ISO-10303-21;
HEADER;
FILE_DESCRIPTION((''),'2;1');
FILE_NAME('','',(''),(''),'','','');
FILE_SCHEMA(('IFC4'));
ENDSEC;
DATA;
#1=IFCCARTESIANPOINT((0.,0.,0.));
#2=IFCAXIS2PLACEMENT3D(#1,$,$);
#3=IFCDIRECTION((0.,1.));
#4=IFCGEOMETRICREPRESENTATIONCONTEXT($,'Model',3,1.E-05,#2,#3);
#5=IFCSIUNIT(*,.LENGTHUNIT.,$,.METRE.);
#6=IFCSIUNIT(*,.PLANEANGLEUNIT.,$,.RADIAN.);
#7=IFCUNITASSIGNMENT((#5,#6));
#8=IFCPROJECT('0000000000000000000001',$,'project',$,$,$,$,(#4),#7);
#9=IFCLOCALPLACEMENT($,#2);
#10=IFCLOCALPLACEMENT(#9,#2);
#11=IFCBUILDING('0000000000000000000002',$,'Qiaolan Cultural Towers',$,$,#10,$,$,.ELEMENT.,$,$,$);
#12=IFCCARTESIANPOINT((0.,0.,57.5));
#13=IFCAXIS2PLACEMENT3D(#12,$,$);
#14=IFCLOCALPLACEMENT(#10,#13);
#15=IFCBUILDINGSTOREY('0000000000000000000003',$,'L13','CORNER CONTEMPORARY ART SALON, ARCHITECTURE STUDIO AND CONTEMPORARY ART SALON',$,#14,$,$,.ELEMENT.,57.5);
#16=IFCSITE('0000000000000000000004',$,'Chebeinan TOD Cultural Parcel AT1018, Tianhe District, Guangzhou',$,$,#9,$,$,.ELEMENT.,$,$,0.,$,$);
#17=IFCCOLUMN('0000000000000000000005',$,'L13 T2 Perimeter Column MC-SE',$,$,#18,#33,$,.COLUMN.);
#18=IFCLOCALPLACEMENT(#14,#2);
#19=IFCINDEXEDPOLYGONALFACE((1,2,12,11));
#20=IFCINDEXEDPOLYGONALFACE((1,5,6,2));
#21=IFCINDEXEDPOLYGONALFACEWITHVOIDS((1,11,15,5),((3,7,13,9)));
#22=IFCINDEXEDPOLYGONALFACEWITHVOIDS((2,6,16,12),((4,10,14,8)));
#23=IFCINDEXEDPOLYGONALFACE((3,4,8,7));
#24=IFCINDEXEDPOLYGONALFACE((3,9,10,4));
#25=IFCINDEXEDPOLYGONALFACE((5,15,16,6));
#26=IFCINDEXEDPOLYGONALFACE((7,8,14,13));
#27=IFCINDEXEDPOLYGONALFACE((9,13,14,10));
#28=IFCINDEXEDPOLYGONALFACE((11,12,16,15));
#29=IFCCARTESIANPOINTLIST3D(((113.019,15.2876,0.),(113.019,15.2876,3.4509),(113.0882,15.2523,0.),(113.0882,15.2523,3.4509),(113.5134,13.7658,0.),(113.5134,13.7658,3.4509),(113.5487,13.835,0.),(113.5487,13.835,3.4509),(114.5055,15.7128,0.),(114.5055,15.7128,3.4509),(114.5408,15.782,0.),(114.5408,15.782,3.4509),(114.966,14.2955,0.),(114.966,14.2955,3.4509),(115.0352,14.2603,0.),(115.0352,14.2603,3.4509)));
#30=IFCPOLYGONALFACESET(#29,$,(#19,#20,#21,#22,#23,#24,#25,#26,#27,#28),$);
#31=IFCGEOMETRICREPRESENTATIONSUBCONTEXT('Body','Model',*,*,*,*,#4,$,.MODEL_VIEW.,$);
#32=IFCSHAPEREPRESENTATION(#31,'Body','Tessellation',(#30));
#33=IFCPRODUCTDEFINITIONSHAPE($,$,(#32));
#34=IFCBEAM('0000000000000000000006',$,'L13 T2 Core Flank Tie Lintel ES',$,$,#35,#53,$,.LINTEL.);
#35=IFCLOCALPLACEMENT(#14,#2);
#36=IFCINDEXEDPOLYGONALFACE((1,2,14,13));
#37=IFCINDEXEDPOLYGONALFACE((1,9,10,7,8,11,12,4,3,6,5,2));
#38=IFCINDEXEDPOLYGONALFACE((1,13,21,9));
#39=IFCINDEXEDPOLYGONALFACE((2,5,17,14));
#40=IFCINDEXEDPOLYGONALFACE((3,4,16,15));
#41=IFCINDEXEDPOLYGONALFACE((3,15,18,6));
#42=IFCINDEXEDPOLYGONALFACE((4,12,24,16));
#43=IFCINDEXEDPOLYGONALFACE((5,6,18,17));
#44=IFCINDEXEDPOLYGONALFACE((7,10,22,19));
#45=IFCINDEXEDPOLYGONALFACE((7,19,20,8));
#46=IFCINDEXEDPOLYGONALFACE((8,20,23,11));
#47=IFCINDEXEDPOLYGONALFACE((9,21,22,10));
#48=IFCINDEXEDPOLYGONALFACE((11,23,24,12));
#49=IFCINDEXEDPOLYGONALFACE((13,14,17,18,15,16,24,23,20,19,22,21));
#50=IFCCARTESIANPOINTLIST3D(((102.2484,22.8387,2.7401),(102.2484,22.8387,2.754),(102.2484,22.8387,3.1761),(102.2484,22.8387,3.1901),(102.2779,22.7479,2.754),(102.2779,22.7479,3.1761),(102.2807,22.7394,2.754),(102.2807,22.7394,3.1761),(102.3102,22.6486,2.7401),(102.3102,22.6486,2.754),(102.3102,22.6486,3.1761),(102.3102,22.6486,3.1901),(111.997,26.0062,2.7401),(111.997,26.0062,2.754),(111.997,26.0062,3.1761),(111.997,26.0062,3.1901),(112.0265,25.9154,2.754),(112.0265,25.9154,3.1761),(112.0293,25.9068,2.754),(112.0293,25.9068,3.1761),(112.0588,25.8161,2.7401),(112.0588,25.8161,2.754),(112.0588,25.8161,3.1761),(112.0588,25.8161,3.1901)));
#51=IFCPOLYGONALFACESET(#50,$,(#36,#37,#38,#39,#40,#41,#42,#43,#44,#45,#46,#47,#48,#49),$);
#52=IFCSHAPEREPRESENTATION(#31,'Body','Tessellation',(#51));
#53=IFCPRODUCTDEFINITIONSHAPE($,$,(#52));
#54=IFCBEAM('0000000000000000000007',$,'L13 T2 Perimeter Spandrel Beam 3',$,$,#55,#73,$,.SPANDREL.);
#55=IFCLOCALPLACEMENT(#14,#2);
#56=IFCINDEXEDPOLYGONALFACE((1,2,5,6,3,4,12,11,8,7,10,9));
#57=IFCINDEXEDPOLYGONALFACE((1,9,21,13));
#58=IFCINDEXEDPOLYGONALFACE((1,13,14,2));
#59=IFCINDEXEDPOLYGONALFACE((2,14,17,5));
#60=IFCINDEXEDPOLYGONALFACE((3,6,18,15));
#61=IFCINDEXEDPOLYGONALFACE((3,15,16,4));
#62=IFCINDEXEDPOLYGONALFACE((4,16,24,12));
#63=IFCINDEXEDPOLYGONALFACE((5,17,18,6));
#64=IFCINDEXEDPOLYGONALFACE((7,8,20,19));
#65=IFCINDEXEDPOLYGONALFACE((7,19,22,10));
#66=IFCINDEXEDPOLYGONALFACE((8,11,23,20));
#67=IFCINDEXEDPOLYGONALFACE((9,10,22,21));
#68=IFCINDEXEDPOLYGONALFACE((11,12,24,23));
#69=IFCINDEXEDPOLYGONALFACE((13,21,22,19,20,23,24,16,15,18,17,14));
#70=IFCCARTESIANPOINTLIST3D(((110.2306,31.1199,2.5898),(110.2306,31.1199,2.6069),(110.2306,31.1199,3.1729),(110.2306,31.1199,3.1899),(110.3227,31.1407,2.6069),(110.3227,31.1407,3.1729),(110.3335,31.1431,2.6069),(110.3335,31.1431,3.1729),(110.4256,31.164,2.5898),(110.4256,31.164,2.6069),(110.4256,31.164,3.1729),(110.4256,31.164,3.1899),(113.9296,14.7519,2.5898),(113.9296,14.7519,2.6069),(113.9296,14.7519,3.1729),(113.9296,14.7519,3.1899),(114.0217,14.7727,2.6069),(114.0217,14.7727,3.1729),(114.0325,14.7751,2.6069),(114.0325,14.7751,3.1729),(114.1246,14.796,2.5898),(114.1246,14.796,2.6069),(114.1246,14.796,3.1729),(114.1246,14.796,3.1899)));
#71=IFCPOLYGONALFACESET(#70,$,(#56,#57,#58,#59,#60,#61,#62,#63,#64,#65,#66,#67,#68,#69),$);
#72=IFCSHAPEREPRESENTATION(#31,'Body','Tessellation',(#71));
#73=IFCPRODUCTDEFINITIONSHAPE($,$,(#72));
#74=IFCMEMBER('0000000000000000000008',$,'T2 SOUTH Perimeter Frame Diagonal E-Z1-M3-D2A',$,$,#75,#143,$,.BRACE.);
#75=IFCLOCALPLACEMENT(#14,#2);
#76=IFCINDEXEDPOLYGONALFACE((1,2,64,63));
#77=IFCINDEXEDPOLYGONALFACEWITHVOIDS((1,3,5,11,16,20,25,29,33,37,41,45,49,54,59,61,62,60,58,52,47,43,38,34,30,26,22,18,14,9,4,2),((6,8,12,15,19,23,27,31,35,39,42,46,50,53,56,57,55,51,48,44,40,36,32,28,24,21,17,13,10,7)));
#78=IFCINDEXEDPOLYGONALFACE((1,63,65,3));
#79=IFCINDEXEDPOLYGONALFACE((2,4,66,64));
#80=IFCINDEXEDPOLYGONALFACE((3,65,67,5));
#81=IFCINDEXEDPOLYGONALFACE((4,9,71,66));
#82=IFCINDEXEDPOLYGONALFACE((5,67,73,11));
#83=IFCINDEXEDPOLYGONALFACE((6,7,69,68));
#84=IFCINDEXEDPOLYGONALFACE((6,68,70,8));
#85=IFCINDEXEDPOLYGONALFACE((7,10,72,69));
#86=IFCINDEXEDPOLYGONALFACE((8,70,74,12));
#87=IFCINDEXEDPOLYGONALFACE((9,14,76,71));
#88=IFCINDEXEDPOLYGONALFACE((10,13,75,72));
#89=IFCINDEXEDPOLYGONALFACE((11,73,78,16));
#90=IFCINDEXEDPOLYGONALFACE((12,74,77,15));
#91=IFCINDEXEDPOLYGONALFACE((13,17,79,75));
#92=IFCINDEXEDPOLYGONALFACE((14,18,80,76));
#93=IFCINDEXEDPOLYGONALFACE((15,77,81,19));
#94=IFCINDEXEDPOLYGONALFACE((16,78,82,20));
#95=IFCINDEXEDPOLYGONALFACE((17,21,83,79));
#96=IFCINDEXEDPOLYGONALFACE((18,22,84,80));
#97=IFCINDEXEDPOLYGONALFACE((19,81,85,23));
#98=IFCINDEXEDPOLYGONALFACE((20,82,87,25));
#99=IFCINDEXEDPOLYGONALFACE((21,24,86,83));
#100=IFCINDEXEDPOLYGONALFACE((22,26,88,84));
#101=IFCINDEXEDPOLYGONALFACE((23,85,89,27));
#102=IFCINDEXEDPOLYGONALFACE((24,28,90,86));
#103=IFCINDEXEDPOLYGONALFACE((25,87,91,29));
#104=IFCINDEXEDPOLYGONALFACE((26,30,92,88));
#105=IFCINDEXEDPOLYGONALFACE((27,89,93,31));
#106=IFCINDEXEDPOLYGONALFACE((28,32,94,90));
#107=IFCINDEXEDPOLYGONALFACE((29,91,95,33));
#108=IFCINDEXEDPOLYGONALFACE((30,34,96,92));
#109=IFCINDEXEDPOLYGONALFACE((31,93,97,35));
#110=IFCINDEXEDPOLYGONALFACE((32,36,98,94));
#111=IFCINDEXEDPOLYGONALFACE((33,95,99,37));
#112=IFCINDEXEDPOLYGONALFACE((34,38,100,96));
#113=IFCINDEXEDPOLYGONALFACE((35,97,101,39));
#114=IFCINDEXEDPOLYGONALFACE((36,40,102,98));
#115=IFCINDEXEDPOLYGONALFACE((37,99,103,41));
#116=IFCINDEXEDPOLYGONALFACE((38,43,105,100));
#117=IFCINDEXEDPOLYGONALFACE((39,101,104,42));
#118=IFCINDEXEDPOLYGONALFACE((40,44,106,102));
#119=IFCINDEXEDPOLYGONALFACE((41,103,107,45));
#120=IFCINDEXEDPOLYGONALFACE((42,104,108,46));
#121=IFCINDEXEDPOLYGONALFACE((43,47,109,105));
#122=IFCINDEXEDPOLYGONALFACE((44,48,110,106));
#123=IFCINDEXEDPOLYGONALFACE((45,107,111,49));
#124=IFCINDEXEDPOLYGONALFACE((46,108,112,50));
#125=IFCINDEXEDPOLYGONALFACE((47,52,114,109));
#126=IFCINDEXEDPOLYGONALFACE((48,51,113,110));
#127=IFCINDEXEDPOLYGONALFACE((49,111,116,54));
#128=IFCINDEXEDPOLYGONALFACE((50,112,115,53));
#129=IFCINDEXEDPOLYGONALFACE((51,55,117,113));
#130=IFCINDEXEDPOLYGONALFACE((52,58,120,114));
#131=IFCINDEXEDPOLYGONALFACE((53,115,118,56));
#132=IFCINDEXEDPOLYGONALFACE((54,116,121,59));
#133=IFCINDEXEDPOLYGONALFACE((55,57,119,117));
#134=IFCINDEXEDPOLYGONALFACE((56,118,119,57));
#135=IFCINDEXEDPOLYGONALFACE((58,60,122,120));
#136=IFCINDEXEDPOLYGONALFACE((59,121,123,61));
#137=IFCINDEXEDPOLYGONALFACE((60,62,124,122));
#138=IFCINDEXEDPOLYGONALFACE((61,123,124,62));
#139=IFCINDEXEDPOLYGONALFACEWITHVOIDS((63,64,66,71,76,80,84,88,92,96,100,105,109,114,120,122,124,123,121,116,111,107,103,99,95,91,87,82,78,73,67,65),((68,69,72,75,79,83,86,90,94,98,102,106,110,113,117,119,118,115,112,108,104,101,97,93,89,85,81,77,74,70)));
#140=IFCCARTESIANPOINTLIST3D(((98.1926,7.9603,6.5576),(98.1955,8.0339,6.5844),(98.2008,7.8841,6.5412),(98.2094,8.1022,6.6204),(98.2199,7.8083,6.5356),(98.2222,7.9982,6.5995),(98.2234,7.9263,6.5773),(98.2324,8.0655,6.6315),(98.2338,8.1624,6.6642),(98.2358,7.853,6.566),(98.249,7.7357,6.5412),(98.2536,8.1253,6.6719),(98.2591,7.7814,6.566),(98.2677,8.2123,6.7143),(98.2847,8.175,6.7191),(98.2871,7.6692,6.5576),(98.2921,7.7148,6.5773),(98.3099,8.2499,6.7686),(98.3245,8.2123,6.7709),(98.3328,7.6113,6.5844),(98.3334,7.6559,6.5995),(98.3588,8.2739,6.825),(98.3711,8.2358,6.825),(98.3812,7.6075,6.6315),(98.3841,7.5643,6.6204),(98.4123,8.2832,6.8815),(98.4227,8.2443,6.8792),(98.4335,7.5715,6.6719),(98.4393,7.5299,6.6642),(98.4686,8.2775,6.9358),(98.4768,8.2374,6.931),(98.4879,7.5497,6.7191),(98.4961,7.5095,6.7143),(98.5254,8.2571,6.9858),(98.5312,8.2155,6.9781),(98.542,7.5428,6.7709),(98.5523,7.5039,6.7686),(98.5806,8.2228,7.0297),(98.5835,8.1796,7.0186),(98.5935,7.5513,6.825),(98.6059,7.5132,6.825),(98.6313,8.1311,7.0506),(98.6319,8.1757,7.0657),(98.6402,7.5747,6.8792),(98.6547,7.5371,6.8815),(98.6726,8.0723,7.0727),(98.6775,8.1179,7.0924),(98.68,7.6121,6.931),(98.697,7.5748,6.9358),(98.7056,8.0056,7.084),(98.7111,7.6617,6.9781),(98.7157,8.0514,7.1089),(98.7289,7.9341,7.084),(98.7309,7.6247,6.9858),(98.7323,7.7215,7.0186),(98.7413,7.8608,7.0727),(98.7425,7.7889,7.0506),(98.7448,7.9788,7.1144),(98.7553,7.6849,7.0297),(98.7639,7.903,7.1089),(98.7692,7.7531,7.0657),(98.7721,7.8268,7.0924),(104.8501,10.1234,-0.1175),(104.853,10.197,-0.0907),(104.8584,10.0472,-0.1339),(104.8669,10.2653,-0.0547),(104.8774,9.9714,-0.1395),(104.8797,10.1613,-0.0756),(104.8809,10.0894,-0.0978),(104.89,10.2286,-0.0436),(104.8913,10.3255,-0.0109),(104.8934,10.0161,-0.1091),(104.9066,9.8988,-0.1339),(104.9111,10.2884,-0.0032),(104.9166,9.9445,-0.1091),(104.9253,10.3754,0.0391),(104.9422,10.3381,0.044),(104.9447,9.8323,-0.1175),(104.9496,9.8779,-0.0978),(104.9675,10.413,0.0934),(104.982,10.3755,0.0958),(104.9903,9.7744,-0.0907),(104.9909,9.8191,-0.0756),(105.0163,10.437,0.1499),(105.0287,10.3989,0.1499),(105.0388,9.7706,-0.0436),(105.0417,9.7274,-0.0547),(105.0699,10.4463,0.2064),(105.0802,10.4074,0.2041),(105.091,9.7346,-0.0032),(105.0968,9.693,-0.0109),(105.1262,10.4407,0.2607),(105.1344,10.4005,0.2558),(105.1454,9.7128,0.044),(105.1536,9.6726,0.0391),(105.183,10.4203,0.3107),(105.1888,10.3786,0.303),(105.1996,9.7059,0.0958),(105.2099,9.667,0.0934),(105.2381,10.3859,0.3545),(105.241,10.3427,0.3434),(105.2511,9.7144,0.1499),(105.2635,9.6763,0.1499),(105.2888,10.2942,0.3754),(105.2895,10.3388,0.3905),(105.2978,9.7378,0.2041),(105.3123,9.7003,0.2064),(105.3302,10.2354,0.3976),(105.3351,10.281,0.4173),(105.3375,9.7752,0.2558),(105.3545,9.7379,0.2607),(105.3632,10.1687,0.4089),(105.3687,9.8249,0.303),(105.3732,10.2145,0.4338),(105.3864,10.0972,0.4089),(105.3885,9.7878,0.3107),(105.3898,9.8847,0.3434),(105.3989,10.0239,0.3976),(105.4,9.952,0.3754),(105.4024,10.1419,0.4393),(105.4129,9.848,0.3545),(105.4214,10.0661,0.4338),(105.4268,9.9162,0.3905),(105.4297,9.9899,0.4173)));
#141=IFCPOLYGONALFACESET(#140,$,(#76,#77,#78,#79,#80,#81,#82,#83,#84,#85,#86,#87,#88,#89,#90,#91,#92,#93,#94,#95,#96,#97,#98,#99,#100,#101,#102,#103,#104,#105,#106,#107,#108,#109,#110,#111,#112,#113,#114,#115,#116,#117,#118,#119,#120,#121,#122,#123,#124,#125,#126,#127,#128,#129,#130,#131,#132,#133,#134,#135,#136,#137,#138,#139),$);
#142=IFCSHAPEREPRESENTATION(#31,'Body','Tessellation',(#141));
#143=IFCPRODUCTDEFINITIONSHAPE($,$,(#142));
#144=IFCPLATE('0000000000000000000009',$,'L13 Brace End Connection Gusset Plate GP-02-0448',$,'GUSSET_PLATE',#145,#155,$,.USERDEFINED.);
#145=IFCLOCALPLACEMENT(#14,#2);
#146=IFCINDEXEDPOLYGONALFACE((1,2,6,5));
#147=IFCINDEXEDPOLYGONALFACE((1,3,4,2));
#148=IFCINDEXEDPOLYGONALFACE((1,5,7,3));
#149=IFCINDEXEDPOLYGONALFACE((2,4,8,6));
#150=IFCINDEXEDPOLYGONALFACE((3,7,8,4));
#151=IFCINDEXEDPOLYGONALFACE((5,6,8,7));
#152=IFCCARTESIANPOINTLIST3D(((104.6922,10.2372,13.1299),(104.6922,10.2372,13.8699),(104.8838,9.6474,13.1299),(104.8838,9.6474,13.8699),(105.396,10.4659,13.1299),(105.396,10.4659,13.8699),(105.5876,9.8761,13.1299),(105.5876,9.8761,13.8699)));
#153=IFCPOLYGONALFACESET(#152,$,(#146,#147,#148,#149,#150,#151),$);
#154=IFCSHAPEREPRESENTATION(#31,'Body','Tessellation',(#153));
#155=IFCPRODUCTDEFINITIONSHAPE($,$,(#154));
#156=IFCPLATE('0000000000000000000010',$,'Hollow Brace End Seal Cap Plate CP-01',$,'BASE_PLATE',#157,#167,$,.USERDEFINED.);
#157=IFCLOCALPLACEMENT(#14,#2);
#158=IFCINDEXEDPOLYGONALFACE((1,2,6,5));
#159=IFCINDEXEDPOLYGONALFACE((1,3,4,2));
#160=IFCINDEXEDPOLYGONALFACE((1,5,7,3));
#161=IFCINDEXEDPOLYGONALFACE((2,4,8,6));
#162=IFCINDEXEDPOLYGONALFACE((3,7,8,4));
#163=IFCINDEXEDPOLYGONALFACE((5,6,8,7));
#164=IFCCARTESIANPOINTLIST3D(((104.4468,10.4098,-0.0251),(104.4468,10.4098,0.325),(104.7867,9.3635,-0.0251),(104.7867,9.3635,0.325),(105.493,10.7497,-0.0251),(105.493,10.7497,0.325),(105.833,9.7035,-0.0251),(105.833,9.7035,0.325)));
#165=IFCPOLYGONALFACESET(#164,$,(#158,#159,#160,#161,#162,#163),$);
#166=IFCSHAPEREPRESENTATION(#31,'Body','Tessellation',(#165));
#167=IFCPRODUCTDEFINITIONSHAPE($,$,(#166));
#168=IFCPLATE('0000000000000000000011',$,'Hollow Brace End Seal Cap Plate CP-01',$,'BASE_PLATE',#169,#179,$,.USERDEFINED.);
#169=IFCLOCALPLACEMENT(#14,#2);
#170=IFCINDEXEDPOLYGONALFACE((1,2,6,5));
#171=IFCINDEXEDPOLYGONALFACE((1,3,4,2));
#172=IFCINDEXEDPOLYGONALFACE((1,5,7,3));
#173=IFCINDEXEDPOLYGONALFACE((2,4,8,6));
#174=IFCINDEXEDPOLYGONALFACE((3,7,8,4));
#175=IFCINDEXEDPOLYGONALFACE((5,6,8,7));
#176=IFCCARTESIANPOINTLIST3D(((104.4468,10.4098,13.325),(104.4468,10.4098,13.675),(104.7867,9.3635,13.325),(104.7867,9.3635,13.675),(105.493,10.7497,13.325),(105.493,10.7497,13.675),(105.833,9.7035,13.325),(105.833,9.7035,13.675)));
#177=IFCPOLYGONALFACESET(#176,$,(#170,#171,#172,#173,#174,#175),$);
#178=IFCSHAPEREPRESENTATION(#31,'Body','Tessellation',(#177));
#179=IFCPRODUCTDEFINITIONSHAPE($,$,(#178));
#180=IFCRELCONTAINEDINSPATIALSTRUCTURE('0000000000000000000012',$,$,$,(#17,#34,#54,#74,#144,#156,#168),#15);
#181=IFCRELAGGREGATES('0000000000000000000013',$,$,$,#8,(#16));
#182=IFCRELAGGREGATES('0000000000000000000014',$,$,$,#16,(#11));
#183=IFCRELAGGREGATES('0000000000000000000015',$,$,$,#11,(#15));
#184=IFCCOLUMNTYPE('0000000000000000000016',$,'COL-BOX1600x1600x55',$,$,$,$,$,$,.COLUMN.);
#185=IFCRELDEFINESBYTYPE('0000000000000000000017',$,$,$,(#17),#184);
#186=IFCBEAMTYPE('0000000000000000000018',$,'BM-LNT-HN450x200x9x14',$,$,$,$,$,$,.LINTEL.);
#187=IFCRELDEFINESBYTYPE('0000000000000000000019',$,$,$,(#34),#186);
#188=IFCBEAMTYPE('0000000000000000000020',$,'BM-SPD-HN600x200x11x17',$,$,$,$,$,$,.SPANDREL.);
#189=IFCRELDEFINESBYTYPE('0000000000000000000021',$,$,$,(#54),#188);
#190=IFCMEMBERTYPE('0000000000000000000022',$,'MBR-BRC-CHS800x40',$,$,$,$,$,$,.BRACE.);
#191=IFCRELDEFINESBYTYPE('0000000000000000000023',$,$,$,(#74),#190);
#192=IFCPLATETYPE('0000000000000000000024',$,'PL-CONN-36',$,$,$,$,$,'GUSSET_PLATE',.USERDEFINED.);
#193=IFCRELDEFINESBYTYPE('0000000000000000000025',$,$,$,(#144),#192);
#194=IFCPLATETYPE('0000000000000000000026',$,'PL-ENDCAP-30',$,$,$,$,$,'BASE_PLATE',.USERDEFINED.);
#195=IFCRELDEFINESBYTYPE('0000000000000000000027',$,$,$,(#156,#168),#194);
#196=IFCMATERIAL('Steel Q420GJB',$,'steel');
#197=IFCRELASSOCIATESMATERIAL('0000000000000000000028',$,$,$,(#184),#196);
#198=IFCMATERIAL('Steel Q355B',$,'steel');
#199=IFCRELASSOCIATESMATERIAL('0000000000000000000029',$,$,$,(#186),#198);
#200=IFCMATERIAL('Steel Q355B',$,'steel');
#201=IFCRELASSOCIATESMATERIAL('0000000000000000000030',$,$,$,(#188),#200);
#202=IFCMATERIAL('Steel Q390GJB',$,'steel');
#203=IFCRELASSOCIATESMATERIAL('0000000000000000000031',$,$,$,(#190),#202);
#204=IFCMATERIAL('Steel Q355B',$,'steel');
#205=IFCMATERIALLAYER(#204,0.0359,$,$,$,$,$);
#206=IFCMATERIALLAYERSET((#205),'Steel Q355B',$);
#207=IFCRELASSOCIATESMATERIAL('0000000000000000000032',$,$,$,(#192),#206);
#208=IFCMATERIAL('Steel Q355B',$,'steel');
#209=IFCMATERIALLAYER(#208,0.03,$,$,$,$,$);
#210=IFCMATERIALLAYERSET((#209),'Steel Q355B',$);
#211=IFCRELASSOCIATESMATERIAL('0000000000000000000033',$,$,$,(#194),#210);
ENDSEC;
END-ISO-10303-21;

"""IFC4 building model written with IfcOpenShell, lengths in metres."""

from ifc_helpers import new_model, si_unit, direction, frame, origin, origin_2d, place, context, subcontext, project, spatial, rectangle, hollow_rectangle, hollow_circle, i_section, extrude, material, layer, layer_set, material_profile, profile_set, type_object, element, save


model = new_model("IFC4")

# Units and contexts
model_context = context("Model", 3, precision=1e-05, world=origin(), true_north=direction((0.0, 1.0)))
body_context = subcontext(model_context, "Body", "Model", "MODEL_VIEW")
ifc_project = project(units=[si_unit("LENGTHUNIT", "METRE"), si_unit("PLANEANGLEUNIT", "RADIAN")], contexts=[model_context])

# Site, building, storey
site_placement = place(None, origin())
site = spatial("IfcSite", under=ifc_project, at=site_placement, Name="Chebeinan TOD Cultural Parcel AT1018, Tianhe District, Guangzhou", CompositionType="ELEMENT", RefElevation=0.0)
building_placement = place(site_placement, origin())
building = spatial("IfcBuilding", under=site, at=building_placement, Name="Qiaolan Cultural Towers", CompositionType="ELEMENT")
storey_placement = place(building_placement, frame((0.0, 0.0, 57.5)))
storey = spatial("IfcBuildingStorey", under=building, at=storey_placement, Name="L13", Description="CORNER CONTEMPORARY ART SALON, ARCHITECTURE STUDIO AND CONTEMPORARY ART SALON", CompositionType="ELEMENT", Elevation=57.5)

# Column
ifc_material_1 = material(Name="Steel Q420GJB", Category="steel")
ifc_material_profile_1 = material_profile(ifc_material_1, hollow_rectangle(XDim=1.6001, YDim=1.6001, WallThickness=0.0549, at=origin_2d()), Name="BOX1600x1600x55")
ifc_profile_set_1 = profile_set([ifc_material_profile_1], Name="Steel Q420GJB")
column_type = type_object("IfcColumnType", Name="COL-BOX1600x1600x55", PredefinedType="COLUMN", material=ifc_profile_set_1)
column_placement = place(storey_placement, frame((114.0271, 14.7739, 0.0), z_axis=(0.0, 0.0, 1.0), x_axis=(0.951057, 0.309017, 0.0)))
element("IfcColumn", 1, at=column_placement, inside=storey, type_object=column_type, Name="L13 T2 Perimeter Column MC-SE", PredefinedType="COLUMN", context=body_context, shape_type="SweptSolid", body=[
    extrude(hollow_rectangle(XDim=1.6001, YDim=1.6001, WallThickness=0.0549, at=origin_2d()), origin(), (0.0, 0.0, 1.0), 3.4509),
])

# Beams
ifc_material_2 = material(Name="Steel Q355B", Category="steel")
ifc_material_profile_2 = material_profile(ifc_material_2, i_section(OverallWidth=0.2, OverallDepth=0.45, WebThickness=0.009, FlangeThickness=0.0139, at=origin_2d()), Name="HN450x200x9x14")
ifc_profile_set_2 = profile_set([ifc_material_profile_2], Name="Steel Q355B")
beam_type_1 = type_object("IfcBeamType", Name="BM-LNT-HN450x200x9x14", PredefinedType="LINTEL", material=ifc_profile_set_2)
beam_1_placement = place(storey_placement, frame((102.2793, 22.7437, 2.9651), z_axis=(0.951057, 0.309016, 0.0), x_axis=(-0.309016, 0.951057, 0.0)))
element("IfcBeam", 2, at=beam_1_placement, inside=storey, type_object=beam_type_1, Name="L13 T2 Core Flank Tie Lintel ES", PredefinedType="LINTEL", context=body_context, shape_type="SweptSolid", body=[
    extrude(i_section(OverallWidth=0.2, OverallDepth=0.45, WebThickness=0.009, FlangeThickness=0.0139, at=origin_2d()), origin(), (0.0, 0.0, 1.0), 10.2502),
])
ifc_material_3 = material(Name="Steel Q355B", Category="steel")
ifc_material_profile_3 = material_profile(ifc_material_3, i_section(OverallWidth=0.2, OverallDepth=0.6001, WebThickness=0.011, FlangeThickness=0.0171, at=origin_2d()), Name="HN600x200x11x17")
ifc_profile_set_3 = profile_set([ifc_material_profile_3], Name="Steel Q355B")
beam_type_2 = type_object("IfcBeamType", Name="BM-SPD-HN600x200x11x17", PredefinedType="SPANDREL", material=ifc_profile_set_3)
beam_2_placement = place(storey_placement, frame((114.0271, 14.7739, 2.8899), z_axis=(-0.220431, 0.975403, 0.0), x_axis=(-0.975403, -0.220431, 0.0)))
element("IfcBeam", 3, at=beam_2_placement, inside=storey, type_object=beam_type_2, Name="L13 T2 Perimeter Spandrel Beam 3", PredefinedType="SPANDREL", context=body_context, shape_type="SweptSolid", body=[
    extrude(i_section(OverallWidth=0.2, OverallDepth=0.6001, WebThickness=0.011, FlangeThickness=0.0171, at=origin_2d()), origin(), (0.0, 0.0, 1.0), 16.7808),
])

# Member
ifc_material_4 = material(Name="Steel Q390GJB", Category="steel")
ifc_material_profile_4 = material_profile(ifc_material_4, hollow_circle(Radius=0.3999, WallThickness=0.04, at=origin_2d()), Name="CHS800x40")
ifc_profile_set_4 = profile_set([ifc_material_profile_4], Name="Steel Q390GJB")
member_type = type_object("IfcMemberType", Name="MBR-BRC-CHS800x40", PredefinedType="BRACE", material=ifc_profile_set_4)
member_placement = place(storey_placement, frame((105.1399, 10.0566, 0.1499), z_axis=(-0.688289, -0.223633, 0.690106), x_axis=(0.30901, -0.951059, 0.0)))
element("IfcMember", 4, at=member_placement, inside=storey, type_object=member_type, Name="T2 SOUTH Perimeter Frame Diagonal E-Z1-M3-D2A", PredefinedType="BRACE", context=body_context, shape_type="SweptSolid", body=[
    extrude(hollow_circle(Radius=0.3999, WallThickness=0.04, at=origin_2d()), origin(), (0.0, 0.0, 1.0), 9.6726),
])

# Plates
ifc_material_5 = material(Name="Steel Q355B", Category="steel")
ifc_layer_1 = layer(ifc_material_5, 0.0359)
ifc_layer_set_1 = layer_set([ifc_layer_1], Name="Steel Q355B")
plate_type_1 = type_object("IfcPlateType", Name="PL-CONN-36", ElementType="GUSSET_PLATE", PredefinedType="USERDEFINED", material=ifc_layer_set_1)
plate_placement = place(storey_placement, frame((105.1399, 10.0566, 13.1299), z_axis=(0.0, 0.0, 1.0), x_axis=(0.951057, 0.309017, 0.0)))
element("IfcPlate", 5, at=plate_placement, inside=storey, type_object=plate_type_1, Name="L13 Brace End Connection Gusset Plate GP-02-0448", ObjectType="GUSSET_PLATE", PredefinedType="USERDEFINED", context=body_context, shape_type="SweptSolid", body=[
    extrude(rectangle(XDim=0.74, YDim=0.6201, at=origin_2d()), origin(), (0.0, 0.0, 1.0), 0.74),
])
ifc_material_6 = material(Name="Steel Q355B", Category="steel")
ifc_layer_2 = layer(ifc_material_6, 0.03)
ifc_layer_set_2 = layer_set([ifc_layer_2], Name="Steel Q355B")
plate_type_2 = type_object("IfcPlateType", Name="PL-ENDCAP-30", ElementType="BASE_PLATE", PredefinedType="USERDEFINED", material=ifc_layer_set_2)
for number, where, z_axis, x_axis, name in (
    (6, (105.1399, 10.0566, -0.0251), (0.0, 0.0, 1.0), (0.951057, 0.309017, 0.0), "Hollow Brace End Seal Cap Plate CP-01"),
    (7, (105.1399, 10.0566, 13.325), (0.0, 0.0, 1.0), (0.951057, 0.309017, 0.0), "Hollow Brace End Seal Cap Plate CP-01"),
):
    element("IfcPlate", number, at=place(storey_placement, frame(where, z_axis=z_axis, x_axis=x_axis)), inside=storey, type_object=plate_type_2, Name=name, ObjectType="BASE_PLATE", PredefinedType="USERDEFINED", context=body_context, shape_type="SweptSolid", body=[
        extrude(rectangle(XDim=1.1001, YDim=1.1001, at=origin_2d()), origin(), (0.0, 0.0, 1.0), 0.3501),
    ])

save(model, "model.ifc")
